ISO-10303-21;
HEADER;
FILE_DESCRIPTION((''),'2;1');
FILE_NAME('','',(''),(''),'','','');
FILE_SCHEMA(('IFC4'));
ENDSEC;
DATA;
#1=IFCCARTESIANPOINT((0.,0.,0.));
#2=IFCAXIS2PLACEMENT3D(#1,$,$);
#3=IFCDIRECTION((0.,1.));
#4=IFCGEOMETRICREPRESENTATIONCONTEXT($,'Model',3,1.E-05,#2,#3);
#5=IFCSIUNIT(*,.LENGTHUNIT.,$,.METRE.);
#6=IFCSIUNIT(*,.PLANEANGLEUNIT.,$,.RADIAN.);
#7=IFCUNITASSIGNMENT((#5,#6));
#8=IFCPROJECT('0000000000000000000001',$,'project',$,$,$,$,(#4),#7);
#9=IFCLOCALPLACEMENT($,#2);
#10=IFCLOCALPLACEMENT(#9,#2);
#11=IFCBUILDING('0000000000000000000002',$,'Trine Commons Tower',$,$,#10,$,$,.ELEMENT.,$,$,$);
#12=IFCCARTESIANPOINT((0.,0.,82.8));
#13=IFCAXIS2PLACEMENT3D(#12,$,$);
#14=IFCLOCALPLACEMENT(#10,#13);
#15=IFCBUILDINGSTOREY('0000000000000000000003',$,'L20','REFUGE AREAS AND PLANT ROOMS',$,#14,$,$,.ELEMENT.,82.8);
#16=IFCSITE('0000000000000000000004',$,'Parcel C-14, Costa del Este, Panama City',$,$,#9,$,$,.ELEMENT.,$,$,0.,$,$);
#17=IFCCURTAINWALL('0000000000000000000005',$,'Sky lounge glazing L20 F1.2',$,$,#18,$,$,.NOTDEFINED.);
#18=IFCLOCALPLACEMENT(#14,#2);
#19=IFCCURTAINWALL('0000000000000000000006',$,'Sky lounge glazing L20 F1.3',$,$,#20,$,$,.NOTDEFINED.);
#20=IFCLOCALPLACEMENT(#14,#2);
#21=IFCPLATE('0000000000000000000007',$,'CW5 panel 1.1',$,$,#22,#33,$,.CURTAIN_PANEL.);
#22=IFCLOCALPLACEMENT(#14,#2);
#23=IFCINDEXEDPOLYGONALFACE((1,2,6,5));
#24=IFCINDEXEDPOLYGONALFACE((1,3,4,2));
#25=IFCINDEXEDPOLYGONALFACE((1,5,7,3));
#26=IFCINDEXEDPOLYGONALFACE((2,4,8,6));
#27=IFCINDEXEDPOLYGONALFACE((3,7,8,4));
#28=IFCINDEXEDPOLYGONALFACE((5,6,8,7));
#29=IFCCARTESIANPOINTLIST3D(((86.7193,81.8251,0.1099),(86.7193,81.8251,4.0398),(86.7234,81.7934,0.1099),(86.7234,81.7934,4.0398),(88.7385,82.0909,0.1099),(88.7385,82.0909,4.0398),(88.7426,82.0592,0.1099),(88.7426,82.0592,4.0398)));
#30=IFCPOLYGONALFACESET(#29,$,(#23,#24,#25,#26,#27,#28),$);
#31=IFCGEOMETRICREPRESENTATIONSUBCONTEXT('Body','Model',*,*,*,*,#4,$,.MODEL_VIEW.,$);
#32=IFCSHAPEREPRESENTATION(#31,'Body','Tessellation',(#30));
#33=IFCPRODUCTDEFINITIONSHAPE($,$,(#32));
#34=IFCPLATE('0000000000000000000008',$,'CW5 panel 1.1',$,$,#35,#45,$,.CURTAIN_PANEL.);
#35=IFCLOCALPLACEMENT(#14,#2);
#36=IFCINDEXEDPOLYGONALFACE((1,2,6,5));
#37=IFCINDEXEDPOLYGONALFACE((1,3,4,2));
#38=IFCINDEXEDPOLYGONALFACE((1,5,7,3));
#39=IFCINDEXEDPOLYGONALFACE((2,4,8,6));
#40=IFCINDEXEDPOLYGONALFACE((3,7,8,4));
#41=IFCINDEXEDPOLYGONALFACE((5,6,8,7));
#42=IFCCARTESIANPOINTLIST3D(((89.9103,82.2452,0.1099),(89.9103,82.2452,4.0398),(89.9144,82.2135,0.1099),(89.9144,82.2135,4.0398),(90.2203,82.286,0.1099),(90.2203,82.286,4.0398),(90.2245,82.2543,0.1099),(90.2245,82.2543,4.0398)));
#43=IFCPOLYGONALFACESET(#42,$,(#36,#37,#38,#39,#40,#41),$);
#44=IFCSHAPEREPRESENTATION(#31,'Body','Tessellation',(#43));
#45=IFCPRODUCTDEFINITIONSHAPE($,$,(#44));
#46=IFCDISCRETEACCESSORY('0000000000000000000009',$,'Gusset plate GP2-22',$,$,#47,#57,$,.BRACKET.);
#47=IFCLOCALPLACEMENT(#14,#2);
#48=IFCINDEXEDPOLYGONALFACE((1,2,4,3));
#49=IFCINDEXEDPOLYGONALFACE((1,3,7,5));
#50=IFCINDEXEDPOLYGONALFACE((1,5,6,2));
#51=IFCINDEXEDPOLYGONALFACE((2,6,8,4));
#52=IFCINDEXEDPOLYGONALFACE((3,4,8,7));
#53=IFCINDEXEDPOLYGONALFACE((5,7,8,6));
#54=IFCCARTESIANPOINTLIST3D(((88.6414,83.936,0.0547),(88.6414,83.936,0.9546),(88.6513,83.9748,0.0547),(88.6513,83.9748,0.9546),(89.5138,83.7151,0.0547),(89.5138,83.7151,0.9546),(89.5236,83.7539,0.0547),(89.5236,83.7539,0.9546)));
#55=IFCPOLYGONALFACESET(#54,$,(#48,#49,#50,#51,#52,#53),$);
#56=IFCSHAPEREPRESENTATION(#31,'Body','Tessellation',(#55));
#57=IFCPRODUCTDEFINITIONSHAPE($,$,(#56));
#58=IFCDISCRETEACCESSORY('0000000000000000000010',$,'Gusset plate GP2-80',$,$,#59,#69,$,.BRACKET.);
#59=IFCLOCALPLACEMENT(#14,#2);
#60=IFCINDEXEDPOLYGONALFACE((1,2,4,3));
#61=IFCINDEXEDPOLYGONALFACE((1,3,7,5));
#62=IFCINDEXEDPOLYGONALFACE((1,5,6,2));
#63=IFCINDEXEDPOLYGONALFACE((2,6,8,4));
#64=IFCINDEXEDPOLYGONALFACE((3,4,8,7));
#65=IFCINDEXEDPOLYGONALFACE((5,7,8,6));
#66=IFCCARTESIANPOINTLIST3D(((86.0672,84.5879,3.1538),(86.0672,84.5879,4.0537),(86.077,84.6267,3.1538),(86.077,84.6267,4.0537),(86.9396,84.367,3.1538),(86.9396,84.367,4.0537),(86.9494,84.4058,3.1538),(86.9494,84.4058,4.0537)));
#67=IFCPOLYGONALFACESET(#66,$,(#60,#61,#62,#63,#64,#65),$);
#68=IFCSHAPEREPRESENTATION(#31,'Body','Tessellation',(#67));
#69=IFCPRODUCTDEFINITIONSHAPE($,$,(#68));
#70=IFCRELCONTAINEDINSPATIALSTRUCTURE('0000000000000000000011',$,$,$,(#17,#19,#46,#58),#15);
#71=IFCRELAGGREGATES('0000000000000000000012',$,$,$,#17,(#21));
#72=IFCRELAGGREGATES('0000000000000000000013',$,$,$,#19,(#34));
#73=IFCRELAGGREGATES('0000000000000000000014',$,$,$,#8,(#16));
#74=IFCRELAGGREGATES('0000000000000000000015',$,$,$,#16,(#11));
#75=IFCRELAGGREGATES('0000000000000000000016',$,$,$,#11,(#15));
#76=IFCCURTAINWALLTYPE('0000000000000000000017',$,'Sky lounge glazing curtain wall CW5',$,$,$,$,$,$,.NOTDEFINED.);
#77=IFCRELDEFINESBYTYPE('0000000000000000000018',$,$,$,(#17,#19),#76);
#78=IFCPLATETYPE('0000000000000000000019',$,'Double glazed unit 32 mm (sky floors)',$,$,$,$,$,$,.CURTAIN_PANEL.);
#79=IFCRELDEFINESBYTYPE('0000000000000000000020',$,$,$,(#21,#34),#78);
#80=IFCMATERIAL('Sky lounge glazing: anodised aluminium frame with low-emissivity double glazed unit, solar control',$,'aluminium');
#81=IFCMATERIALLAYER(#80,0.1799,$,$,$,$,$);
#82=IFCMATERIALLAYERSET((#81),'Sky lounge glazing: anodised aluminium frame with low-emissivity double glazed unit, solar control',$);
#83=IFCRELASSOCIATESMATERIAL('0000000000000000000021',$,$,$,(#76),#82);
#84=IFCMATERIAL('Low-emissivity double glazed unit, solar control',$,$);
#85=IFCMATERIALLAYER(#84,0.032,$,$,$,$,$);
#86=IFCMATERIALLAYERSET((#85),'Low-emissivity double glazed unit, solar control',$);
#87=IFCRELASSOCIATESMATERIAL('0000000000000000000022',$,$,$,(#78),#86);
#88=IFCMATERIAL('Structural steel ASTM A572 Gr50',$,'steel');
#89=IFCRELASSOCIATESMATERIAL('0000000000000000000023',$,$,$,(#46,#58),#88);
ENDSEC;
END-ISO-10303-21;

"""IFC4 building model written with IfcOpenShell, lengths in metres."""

from ifc_helpers import new_model, si_unit, direction, frame, origin, origin_2d, place, context, subcontext, project, spatial, rectangle, extrude, material, layer, layer_set, type_object, element, aggregate, save


model = new_model("IFC4")

# Units and contexts
model_context = context("Model", 3, precision=1e-05, world=origin(), true_north=direction((0.0, 1.0)))
body_context = subcontext(model_context, "Body", "Model", "MODEL_VIEW")
ifc_project = project(units=[si_unit("LENGTHUNIT", "METRE"), si_unit("PLANEANGLEUNIT", "RADIAN")], contexts=[model_context])

# Site, building, storey
site_placement = place(None, origin())
site = spatial("IfcSite", under=ifc_project, at=site_placement, Name="Parcel C-14, Costa del Este, Panama City", CompositionType="ELEMENT", RefElevation=0.0)
building_placement = place(site_placement, origin())
building = spatial("IfcBuilding", under=site, at=building_placement, Name="Trine Commons Tower", CompositionType="ELEMENT")
storey_placement = place(building_placement, frame((0.0, 0.0, 82.8)))
storey = spatial("IfcBuildingStorey", under=building, at=storey_placement, Name="L20", Description="REFUGE AREAS AND PLANT ROOMS", CompositionType="ELEMENT", Elevation=82.8)

# Curtain walls
ifc_material_1 = material(Name="Sky lounge glazing: anodised aluminium frame with low-emissivity double glazed unit, solar control", Category="aluminium")
ifc_layer_1 = layer(ifc_material_1, 0.1799)
ifc_layer_set_1 = layer_set([ifc_layer_1], Name="Sky lounge glazing: anodised aluminium frame with low-emissivity double glazed unit, solar control")
curtain_wall_type = type_object("IfcCurtainWallType", Name="Sky lounge glazing curtain wall CW5", PredefinedType="NOTDEFINED", material=ifc_layer_set_1)
curtain_wall_1_placement = place(storey_placement, origin())
curtain_wall_1 = element("IfcCurtainWall", 1, at=curtain_wall_1_placement, inside=storey, type_object=curtain_wall_type, Name="Sky lounge glazing L20 F1.2", PredefinedType="NOTDEFINED")
curtain_wall_2_placement = place(storey_placement, origin())
curtain_wall_2 = element("IfcCurtainWall", 2, at=curtain_wall_2_placement, inside=storey, type_object=curtain_wall_type, Name="Sky lounge glazing L20 F1.3", PredefinedType="NOTDEFINED")

# Plates
ifc_material_2 = material(Name="Low-emissivity double glazed unit, solar control")
ifc_layer_2 = layer(ifc_material_2, 0.032)
ifc_layer_set_2 = layer_set([ifc_layer_2], Name="Low-emissivity double glazed unit, solar control")
plate_type = type_object("IfcPlateType", Name="Double glazed unit 32 mm (sky floors)", PredefinedType="CURTAIN_PANEL", material=ifc_layer_set_2)
plate_1_placement = place(storey_placement, frame((87.731, 81.9421, 0.1099), z_axis=(0.0, 0.0, 1.0), x_axis=(0.991445, 0.130526, 0.0)))
plate_1 = element("IfcPlate", 3, at=plate_1_placement, type_object=plate_type, Name="CW5 panel 1.1", PredefinedType="CURTAIN_PANEL", context=body_context, shape_type="SweptSolid", body=[
    extrude(rectangle(XDim=2.0366, YDim=0.032, at=origin_2d()), origin(), (0.0, 0.0, 1.0), 3.9299),
])
aggregate(curtain_wall_1, [plate_1])
plate_2_placement = place(storey_placement, frame((90.0674, 82.2498, 0.1099), z_axis=(0.0, 0.0, 1.0), x_axis=(0.991445, 0.130526, 0.0)))
plate_2 = element("IfcPlate", 4, at=plate_2_placement, type_object=plate_type, Name="CW5 panel 1.1", PredefinedType="CURTAIN_PANEL", context=body_context, shape_type="SweptSolid", body=[
    extrude(rectangle(XDim=0.3127, YDim=0.032, at=origin_2d()), origin(), (0.0, 0.0, 1.0), 3.9299),
])
aggregate(curtain_wall_2, [plate_2])

# Discrete accessories
ifc_material_3 = material(Name="Structural steel ASTM A572 Gr50", Category="steel")
for number, where, z_axis, x_axis, name in (
    (5, (89.0825, 83.845, 0.0547), (0.0, 0.0, 1.0), (-0.969394, 0.24551, 0.0), "Gusset plate GP2-22"),
    (6, (86.5083, 84.4968, 3.1538), (0.0, 0.0, 1.0), (-0.969394, 0.24551, 0.0), "Gusset plate GP2-80"),
):
    element("IfcDiscreteAccessory", number, at=place(storey_placement, frame(where, z_axis=z_axis, x_axis=x_axis)), inside=storey, material=ifc_material_3, Name=name, PredefinedType="BRACKET", context=body_context, shape_type="SweptSolid", body=[
        extrude(rectangle(XDim=0.8999, YDim=0.04, at=origin_2d()), origin(), (0.0, 0.0, 1.0), 0.8999),
    ])

save(model, "model.ifc")
